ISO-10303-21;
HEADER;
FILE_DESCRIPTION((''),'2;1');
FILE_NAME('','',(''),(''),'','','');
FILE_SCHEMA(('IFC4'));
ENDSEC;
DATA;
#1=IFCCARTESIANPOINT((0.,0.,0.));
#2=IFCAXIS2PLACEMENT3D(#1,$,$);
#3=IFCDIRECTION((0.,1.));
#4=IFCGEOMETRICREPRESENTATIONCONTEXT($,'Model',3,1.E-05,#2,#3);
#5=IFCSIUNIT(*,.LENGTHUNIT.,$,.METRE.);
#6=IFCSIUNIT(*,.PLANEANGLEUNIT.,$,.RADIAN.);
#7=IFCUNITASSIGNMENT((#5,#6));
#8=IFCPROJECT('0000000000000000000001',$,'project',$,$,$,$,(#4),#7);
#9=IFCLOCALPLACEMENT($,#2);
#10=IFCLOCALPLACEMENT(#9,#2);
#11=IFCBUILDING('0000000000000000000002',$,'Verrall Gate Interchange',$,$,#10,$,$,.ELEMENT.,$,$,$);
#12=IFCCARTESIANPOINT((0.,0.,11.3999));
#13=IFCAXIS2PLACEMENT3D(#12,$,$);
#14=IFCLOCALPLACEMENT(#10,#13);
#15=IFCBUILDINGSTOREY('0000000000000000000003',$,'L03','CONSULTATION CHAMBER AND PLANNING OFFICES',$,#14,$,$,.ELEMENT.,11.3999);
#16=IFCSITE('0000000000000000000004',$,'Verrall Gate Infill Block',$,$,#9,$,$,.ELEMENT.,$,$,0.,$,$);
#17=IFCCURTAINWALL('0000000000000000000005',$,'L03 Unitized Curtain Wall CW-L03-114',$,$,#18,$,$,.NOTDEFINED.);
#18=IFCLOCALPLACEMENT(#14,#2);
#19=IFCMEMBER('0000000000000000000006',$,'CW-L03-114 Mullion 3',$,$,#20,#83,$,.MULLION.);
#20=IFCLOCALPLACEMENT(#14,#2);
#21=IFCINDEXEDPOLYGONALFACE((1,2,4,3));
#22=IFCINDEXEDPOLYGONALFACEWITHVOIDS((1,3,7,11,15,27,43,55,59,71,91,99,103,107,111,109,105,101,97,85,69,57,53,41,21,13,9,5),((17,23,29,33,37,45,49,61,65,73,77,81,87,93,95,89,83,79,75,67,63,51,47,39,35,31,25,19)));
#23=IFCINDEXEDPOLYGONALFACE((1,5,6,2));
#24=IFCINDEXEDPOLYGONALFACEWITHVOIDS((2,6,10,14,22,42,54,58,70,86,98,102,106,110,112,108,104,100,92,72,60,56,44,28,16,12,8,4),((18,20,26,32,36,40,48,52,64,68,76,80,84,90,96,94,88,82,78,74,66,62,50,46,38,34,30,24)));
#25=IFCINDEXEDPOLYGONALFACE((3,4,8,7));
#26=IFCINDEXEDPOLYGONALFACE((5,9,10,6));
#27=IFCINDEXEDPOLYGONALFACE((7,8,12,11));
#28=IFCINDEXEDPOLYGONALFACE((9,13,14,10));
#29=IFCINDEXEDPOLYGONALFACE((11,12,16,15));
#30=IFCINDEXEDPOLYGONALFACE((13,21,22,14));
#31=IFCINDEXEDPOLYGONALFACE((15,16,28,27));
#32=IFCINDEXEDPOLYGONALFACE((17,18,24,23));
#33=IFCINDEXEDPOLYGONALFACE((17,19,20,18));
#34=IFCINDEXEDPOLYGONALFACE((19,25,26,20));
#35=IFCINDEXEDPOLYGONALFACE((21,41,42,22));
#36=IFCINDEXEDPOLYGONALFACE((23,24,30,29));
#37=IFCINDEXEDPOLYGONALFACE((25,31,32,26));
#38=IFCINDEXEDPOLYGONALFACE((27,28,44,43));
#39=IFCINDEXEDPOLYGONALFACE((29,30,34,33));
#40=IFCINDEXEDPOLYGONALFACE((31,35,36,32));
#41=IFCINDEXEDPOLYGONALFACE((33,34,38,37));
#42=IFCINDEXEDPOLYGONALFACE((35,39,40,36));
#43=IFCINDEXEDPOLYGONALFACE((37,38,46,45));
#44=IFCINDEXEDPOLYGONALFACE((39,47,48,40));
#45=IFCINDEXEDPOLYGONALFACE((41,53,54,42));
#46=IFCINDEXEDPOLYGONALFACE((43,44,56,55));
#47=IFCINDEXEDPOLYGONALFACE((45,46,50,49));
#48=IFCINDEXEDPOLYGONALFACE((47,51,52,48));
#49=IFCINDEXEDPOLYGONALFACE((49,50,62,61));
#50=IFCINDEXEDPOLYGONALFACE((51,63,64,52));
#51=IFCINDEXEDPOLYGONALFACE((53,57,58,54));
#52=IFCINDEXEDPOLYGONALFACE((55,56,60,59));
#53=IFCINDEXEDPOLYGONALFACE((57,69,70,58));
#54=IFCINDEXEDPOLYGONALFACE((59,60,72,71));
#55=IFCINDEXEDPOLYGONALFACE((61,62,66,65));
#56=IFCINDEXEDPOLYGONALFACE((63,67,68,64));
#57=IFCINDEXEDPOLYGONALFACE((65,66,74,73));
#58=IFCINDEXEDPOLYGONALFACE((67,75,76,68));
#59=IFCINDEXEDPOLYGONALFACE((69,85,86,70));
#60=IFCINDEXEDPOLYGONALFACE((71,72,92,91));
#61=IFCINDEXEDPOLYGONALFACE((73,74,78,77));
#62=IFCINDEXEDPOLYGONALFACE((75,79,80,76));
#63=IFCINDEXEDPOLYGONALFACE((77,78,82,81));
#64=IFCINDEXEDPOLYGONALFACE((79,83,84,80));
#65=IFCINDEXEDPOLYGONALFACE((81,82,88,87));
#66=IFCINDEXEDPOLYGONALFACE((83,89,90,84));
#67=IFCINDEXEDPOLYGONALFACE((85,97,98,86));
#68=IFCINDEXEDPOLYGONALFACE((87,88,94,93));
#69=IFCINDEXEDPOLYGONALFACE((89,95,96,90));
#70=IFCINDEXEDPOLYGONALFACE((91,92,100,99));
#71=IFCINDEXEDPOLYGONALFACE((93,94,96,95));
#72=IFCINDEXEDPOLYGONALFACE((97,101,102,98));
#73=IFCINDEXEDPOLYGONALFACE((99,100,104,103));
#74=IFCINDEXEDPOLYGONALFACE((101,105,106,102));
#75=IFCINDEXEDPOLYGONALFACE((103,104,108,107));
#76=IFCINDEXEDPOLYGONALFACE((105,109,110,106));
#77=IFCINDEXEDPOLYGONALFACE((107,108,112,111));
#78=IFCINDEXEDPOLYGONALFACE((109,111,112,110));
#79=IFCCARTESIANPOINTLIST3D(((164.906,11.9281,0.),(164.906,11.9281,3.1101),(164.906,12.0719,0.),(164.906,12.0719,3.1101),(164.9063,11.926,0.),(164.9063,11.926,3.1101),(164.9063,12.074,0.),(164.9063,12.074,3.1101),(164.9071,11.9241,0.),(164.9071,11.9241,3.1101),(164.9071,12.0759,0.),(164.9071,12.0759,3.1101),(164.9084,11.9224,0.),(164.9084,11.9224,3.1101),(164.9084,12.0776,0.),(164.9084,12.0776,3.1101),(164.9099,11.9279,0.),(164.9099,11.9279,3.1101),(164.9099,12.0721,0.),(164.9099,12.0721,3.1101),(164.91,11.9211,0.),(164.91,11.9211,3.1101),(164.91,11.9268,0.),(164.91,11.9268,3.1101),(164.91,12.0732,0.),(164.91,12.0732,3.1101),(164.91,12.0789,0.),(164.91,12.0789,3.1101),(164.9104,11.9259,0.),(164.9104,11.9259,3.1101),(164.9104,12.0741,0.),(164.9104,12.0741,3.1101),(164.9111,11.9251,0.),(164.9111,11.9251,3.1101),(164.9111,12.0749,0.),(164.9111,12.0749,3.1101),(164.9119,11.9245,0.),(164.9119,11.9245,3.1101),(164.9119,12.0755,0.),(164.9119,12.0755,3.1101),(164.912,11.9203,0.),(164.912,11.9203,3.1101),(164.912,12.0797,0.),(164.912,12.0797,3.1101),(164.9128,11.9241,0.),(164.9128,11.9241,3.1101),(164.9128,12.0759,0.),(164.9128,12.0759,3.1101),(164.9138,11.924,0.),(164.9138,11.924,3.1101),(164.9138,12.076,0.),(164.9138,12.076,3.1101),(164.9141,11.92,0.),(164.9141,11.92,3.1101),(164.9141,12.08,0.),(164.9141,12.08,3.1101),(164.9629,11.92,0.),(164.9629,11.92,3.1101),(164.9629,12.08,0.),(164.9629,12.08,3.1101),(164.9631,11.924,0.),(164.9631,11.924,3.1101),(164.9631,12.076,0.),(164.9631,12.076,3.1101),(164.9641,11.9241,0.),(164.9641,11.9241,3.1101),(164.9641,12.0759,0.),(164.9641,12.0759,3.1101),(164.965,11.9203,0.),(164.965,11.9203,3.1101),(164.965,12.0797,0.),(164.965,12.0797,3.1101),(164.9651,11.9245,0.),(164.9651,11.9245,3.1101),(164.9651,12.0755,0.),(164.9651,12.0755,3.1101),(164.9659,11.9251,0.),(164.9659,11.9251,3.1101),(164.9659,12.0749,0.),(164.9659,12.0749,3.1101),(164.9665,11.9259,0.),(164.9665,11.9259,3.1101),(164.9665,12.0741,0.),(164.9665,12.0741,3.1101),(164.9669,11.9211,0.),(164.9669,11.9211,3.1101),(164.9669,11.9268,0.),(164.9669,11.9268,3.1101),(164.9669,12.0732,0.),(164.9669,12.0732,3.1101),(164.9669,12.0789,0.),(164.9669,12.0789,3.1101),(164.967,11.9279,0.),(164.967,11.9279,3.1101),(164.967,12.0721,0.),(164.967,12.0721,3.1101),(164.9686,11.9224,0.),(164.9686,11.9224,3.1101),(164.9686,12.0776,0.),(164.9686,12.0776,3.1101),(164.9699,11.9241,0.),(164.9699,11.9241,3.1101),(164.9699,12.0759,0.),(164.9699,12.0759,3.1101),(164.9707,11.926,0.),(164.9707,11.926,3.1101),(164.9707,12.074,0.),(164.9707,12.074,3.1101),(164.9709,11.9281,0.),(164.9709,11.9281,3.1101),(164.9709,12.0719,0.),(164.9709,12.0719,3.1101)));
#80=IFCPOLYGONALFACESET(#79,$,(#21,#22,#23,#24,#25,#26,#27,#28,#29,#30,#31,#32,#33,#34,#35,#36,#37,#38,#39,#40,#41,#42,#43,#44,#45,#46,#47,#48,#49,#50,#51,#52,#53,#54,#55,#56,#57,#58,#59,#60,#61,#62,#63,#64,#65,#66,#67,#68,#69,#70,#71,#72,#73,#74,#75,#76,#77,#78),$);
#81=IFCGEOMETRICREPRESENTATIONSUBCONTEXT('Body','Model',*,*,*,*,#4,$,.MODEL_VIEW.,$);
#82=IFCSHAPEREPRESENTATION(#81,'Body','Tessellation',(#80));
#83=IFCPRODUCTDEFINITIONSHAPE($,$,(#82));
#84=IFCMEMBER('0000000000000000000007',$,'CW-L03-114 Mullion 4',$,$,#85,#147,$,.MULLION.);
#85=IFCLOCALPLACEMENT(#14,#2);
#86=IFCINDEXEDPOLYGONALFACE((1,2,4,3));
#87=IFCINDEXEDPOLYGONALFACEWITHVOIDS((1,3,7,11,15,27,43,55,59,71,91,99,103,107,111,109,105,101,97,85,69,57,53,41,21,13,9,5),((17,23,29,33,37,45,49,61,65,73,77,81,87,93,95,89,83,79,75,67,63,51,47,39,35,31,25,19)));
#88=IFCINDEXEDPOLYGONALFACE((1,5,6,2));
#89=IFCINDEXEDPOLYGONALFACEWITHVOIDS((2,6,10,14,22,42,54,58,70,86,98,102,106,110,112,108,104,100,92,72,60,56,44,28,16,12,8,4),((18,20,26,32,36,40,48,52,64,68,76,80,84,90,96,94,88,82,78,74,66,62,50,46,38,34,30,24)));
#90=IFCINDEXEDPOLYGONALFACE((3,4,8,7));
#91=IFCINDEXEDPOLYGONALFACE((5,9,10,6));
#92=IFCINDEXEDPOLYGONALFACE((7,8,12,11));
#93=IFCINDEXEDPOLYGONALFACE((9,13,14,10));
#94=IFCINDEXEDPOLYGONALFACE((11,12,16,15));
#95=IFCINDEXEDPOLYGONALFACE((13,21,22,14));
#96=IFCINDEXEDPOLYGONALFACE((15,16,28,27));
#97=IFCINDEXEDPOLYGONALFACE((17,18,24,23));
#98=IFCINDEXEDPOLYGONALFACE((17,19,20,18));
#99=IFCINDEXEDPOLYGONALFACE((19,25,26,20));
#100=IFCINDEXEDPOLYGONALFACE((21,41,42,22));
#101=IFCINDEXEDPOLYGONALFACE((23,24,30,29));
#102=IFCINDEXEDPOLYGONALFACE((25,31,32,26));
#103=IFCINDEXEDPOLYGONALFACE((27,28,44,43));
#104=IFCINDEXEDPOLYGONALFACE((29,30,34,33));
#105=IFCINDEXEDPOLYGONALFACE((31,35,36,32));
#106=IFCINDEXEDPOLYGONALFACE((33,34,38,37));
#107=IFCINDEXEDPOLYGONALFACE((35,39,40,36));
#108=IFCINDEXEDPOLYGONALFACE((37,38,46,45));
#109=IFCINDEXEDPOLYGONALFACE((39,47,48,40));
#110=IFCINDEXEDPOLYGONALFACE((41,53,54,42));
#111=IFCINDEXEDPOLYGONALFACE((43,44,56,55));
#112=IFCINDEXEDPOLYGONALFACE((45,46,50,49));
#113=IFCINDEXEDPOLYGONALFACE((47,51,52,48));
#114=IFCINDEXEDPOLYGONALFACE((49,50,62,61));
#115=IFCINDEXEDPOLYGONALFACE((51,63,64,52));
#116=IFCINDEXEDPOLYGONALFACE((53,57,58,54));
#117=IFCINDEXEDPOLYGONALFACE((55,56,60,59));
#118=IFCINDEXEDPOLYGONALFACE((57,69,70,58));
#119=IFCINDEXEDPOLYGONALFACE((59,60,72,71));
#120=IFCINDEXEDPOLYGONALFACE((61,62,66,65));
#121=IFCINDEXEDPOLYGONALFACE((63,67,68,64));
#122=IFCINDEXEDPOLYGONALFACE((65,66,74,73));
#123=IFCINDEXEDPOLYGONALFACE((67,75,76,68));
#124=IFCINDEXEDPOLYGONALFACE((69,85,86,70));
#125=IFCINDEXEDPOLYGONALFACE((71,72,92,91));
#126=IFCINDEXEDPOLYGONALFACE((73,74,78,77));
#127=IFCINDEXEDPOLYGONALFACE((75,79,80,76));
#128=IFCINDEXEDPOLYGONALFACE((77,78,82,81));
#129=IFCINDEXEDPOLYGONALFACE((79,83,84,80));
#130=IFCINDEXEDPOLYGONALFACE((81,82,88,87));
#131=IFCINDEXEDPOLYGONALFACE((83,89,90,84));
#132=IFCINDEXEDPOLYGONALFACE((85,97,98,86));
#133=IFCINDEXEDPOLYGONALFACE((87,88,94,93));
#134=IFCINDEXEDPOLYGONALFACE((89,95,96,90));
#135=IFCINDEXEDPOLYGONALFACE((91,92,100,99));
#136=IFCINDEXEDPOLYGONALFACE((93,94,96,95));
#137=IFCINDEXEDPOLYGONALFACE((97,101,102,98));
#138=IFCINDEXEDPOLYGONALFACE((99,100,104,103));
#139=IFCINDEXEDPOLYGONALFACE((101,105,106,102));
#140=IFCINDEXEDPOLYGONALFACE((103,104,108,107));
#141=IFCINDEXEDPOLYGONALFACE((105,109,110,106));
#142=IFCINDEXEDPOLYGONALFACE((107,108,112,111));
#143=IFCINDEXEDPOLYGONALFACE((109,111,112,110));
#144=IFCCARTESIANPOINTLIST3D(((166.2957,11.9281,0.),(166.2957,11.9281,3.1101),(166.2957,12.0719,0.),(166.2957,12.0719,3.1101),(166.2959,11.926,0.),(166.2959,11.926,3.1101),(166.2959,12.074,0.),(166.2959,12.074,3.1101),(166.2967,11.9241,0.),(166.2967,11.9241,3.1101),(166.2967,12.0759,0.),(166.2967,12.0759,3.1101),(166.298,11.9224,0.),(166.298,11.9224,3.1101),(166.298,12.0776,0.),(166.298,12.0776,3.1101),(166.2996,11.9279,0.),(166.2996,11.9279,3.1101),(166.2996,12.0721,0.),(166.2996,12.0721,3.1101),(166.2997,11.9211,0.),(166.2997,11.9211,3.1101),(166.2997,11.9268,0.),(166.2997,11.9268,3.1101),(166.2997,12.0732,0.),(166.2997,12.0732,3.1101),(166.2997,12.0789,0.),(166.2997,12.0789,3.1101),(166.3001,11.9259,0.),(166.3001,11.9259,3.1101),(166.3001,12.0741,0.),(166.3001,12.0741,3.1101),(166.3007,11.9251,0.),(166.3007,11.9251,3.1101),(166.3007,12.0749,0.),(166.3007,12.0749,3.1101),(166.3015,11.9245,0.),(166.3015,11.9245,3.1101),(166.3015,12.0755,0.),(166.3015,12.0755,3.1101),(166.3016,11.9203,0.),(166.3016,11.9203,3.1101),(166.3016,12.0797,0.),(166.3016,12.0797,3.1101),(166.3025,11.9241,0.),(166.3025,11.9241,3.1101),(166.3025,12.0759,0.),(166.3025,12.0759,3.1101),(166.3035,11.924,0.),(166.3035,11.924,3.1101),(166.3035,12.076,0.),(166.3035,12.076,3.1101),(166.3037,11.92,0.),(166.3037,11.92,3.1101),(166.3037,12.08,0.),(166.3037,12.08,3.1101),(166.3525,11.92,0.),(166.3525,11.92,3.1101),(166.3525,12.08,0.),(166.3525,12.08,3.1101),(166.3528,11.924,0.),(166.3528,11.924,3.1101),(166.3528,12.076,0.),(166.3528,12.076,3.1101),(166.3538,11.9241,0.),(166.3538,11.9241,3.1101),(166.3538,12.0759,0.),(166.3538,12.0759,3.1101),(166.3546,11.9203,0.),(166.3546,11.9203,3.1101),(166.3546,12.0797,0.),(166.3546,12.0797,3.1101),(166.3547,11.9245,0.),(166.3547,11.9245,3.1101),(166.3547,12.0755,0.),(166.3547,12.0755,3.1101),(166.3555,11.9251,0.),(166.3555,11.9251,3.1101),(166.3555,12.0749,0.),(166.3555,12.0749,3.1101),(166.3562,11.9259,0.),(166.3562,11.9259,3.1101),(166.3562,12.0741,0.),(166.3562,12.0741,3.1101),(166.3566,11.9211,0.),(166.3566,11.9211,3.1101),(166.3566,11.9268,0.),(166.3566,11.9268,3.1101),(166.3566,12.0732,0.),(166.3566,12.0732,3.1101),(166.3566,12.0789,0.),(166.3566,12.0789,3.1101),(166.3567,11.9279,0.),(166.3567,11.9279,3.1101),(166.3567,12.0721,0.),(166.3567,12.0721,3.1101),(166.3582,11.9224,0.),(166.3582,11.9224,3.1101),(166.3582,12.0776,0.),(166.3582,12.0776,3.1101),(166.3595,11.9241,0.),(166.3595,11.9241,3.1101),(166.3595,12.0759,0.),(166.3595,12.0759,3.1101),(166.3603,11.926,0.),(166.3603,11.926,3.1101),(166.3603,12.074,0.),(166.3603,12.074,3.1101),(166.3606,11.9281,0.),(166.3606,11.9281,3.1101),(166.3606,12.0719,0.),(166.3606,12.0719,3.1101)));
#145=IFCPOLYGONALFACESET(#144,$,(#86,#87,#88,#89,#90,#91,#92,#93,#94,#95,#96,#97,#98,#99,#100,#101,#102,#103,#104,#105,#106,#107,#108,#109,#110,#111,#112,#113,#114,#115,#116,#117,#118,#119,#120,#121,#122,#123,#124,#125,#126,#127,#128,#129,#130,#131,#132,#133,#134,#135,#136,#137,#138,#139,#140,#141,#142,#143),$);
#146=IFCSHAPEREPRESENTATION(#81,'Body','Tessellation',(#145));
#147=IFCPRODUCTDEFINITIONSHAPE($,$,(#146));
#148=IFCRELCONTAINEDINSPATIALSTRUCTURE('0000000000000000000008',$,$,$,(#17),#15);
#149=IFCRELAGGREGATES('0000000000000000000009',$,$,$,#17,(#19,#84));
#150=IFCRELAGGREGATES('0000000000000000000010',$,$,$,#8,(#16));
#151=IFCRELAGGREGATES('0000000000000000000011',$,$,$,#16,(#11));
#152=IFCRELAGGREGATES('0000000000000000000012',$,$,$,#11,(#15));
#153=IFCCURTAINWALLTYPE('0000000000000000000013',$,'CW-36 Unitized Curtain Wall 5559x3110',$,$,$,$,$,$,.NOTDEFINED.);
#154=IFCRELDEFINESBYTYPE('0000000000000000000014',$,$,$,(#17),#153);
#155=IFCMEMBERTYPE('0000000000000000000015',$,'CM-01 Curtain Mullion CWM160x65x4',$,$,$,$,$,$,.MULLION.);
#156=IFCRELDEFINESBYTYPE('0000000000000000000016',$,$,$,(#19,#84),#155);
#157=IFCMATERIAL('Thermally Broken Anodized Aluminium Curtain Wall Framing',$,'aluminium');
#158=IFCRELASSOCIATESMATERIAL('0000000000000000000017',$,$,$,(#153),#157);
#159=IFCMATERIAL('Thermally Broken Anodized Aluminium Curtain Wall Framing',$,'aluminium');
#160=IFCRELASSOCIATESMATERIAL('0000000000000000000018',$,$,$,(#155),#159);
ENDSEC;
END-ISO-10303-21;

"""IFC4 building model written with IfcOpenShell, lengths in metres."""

from ifc_helpers import new_model, si_unit, direction, frame, origin, origin_2d, place, context, subcontext, project, spatial, hollow_rectangle, extrude, material, material_profile, profile_set, type_object, element, aggregate, save


model = new_model("IFC4")

# Units and contexts
model_context = context("Model", 3, precision=1e-05, world=origin(), true_north=direction((0.0, 1.0)))
body_context = subcontext(model_context, "Body", "Model", "MODEL_VIEW")
ifc_project = project(units=[si_unit("LENGTHUNIT", "METRE"), si_unit("PLANEANGLEUNIT", "RADIAN")], contexts=[model_context])

# Site, building, storey
site_placement = place(None, origin())
site = spatial("IfcSite", under=ifc_project, at=site_placement, Name="Verrall Gate Infill Block", CompositionType="ELEMENT", RefElevation=0.0)
building_placement = place(site_placement, origin())
building = spatial("IfcBuilding", under=site, at=building_placement, Name="Verrall Gate Interchange", CompositionType="ELEMENT")
storey_placement = place(building_placement, frame((0.0, 0.0, 11.3999)))
storey = spatial("IfcBuildingStorey", under=building, at=storey_placement, Name="L03", Description="CONSULTATION CHAMBER AND PLANNING OFFICES", CompositionType="ELEMENT", Elevation=11.3999)

# Curtain wall, members
ifc_material_1 = material(Name="Thermally Broken Anodized Aluminium Curtain Wall Framing", Category="aluminium")
curtain_wall_type_1 = type_object("IfcCurtainWallType", Name="CW-36 Unitized Curtain Wall 5559x3110", PredefinedType="NOTDEFINED", material=ifc_material_1)
curtain_wall_1_placement = place(storey_placement, origin())
curtain_wall_1 = element("IfcCurtainWall", 1, at=curtain_wall_1_placement, inside=storey, type_object=curtain_wall_type_1, Name="L03 Unitized Curtain Wall CW-L03-114", PredefinedType="NOTDEFINED")
ifc_material_2 = material(Name="Thermally Broken Anodized Aluminium Curtain Wall Framing", Category="aluminium")
ifc_material_profile_1 = material_profile(ifc_material_2, hollow_rectangle(XDim=0.0649, YDim=0.1599, WallThickness=0.0039, InnerFilletRadius=0.0039, OuterFilletRadius=0.0081, at=origin_2d()), Name="CWM160x65x4")
ifc_profile_set_1 = profile_set([ifc_material_profile_1], Name="Thermally Broken Anodized Aluminium Curtain Wall Framing")
member_type_1 = type_object("IfcMemberType", Name="CM-01 Curtain Mullion CWM160x65x4", PredefinedType="MULLION", material=ifc_profile_set_1)
member_1_placement = place(storey_placement, frame((164.9385, 12.0, 0.0), z_axis=(0.0, 0.0, 1.0), x_axis=(1.0, 0.0, 0.0)))
member_1 = element("IfcMember", 2, at=member_1_placement, type_object=member_type_1, Name="CW-L03-114 Mullion 3", PredefinedType="MULLION", context=body_context, shape_type="SweptSolid", body=[
    extrude(hollow_rectangle(XDim=0.0649, YDim=0.1599, WallThickness=0.0039, InnerFilletRadius=0.0039, OuterFilletRadius=0.0081, at=origin_2d()), origin(), (0.0, 0.0, 1.0), 3.1101),
])
member_2_placement = place(storey_placement, frame((166.3281, 12.0, 0.0), z_axis=(0.0, 0.0, 1.0), x_axis=(1.0, 0.0, 0.0)))
member_2 = element("IfcMember", 3, at=member_2_placement, type_object=member_type_1, Name="CW-L03-114 Mullion 4", PredefinedType="MULLION", context=body_context, shape_type="SweptSolid", body=[
    extrude(hollow_rectangle(XDim=0.0649, YDim=0.1599, WallThickness=0.0039, InnerFilletRadius=0.0039, OuterFilletRadius=0.0081, at=origin_2d()), origin(), (0.0, 0.0, 1.0), 3.1101),
])

aggregate(curtain_wall_1, [member_1, member_2])

save(model, "model.ifc")
